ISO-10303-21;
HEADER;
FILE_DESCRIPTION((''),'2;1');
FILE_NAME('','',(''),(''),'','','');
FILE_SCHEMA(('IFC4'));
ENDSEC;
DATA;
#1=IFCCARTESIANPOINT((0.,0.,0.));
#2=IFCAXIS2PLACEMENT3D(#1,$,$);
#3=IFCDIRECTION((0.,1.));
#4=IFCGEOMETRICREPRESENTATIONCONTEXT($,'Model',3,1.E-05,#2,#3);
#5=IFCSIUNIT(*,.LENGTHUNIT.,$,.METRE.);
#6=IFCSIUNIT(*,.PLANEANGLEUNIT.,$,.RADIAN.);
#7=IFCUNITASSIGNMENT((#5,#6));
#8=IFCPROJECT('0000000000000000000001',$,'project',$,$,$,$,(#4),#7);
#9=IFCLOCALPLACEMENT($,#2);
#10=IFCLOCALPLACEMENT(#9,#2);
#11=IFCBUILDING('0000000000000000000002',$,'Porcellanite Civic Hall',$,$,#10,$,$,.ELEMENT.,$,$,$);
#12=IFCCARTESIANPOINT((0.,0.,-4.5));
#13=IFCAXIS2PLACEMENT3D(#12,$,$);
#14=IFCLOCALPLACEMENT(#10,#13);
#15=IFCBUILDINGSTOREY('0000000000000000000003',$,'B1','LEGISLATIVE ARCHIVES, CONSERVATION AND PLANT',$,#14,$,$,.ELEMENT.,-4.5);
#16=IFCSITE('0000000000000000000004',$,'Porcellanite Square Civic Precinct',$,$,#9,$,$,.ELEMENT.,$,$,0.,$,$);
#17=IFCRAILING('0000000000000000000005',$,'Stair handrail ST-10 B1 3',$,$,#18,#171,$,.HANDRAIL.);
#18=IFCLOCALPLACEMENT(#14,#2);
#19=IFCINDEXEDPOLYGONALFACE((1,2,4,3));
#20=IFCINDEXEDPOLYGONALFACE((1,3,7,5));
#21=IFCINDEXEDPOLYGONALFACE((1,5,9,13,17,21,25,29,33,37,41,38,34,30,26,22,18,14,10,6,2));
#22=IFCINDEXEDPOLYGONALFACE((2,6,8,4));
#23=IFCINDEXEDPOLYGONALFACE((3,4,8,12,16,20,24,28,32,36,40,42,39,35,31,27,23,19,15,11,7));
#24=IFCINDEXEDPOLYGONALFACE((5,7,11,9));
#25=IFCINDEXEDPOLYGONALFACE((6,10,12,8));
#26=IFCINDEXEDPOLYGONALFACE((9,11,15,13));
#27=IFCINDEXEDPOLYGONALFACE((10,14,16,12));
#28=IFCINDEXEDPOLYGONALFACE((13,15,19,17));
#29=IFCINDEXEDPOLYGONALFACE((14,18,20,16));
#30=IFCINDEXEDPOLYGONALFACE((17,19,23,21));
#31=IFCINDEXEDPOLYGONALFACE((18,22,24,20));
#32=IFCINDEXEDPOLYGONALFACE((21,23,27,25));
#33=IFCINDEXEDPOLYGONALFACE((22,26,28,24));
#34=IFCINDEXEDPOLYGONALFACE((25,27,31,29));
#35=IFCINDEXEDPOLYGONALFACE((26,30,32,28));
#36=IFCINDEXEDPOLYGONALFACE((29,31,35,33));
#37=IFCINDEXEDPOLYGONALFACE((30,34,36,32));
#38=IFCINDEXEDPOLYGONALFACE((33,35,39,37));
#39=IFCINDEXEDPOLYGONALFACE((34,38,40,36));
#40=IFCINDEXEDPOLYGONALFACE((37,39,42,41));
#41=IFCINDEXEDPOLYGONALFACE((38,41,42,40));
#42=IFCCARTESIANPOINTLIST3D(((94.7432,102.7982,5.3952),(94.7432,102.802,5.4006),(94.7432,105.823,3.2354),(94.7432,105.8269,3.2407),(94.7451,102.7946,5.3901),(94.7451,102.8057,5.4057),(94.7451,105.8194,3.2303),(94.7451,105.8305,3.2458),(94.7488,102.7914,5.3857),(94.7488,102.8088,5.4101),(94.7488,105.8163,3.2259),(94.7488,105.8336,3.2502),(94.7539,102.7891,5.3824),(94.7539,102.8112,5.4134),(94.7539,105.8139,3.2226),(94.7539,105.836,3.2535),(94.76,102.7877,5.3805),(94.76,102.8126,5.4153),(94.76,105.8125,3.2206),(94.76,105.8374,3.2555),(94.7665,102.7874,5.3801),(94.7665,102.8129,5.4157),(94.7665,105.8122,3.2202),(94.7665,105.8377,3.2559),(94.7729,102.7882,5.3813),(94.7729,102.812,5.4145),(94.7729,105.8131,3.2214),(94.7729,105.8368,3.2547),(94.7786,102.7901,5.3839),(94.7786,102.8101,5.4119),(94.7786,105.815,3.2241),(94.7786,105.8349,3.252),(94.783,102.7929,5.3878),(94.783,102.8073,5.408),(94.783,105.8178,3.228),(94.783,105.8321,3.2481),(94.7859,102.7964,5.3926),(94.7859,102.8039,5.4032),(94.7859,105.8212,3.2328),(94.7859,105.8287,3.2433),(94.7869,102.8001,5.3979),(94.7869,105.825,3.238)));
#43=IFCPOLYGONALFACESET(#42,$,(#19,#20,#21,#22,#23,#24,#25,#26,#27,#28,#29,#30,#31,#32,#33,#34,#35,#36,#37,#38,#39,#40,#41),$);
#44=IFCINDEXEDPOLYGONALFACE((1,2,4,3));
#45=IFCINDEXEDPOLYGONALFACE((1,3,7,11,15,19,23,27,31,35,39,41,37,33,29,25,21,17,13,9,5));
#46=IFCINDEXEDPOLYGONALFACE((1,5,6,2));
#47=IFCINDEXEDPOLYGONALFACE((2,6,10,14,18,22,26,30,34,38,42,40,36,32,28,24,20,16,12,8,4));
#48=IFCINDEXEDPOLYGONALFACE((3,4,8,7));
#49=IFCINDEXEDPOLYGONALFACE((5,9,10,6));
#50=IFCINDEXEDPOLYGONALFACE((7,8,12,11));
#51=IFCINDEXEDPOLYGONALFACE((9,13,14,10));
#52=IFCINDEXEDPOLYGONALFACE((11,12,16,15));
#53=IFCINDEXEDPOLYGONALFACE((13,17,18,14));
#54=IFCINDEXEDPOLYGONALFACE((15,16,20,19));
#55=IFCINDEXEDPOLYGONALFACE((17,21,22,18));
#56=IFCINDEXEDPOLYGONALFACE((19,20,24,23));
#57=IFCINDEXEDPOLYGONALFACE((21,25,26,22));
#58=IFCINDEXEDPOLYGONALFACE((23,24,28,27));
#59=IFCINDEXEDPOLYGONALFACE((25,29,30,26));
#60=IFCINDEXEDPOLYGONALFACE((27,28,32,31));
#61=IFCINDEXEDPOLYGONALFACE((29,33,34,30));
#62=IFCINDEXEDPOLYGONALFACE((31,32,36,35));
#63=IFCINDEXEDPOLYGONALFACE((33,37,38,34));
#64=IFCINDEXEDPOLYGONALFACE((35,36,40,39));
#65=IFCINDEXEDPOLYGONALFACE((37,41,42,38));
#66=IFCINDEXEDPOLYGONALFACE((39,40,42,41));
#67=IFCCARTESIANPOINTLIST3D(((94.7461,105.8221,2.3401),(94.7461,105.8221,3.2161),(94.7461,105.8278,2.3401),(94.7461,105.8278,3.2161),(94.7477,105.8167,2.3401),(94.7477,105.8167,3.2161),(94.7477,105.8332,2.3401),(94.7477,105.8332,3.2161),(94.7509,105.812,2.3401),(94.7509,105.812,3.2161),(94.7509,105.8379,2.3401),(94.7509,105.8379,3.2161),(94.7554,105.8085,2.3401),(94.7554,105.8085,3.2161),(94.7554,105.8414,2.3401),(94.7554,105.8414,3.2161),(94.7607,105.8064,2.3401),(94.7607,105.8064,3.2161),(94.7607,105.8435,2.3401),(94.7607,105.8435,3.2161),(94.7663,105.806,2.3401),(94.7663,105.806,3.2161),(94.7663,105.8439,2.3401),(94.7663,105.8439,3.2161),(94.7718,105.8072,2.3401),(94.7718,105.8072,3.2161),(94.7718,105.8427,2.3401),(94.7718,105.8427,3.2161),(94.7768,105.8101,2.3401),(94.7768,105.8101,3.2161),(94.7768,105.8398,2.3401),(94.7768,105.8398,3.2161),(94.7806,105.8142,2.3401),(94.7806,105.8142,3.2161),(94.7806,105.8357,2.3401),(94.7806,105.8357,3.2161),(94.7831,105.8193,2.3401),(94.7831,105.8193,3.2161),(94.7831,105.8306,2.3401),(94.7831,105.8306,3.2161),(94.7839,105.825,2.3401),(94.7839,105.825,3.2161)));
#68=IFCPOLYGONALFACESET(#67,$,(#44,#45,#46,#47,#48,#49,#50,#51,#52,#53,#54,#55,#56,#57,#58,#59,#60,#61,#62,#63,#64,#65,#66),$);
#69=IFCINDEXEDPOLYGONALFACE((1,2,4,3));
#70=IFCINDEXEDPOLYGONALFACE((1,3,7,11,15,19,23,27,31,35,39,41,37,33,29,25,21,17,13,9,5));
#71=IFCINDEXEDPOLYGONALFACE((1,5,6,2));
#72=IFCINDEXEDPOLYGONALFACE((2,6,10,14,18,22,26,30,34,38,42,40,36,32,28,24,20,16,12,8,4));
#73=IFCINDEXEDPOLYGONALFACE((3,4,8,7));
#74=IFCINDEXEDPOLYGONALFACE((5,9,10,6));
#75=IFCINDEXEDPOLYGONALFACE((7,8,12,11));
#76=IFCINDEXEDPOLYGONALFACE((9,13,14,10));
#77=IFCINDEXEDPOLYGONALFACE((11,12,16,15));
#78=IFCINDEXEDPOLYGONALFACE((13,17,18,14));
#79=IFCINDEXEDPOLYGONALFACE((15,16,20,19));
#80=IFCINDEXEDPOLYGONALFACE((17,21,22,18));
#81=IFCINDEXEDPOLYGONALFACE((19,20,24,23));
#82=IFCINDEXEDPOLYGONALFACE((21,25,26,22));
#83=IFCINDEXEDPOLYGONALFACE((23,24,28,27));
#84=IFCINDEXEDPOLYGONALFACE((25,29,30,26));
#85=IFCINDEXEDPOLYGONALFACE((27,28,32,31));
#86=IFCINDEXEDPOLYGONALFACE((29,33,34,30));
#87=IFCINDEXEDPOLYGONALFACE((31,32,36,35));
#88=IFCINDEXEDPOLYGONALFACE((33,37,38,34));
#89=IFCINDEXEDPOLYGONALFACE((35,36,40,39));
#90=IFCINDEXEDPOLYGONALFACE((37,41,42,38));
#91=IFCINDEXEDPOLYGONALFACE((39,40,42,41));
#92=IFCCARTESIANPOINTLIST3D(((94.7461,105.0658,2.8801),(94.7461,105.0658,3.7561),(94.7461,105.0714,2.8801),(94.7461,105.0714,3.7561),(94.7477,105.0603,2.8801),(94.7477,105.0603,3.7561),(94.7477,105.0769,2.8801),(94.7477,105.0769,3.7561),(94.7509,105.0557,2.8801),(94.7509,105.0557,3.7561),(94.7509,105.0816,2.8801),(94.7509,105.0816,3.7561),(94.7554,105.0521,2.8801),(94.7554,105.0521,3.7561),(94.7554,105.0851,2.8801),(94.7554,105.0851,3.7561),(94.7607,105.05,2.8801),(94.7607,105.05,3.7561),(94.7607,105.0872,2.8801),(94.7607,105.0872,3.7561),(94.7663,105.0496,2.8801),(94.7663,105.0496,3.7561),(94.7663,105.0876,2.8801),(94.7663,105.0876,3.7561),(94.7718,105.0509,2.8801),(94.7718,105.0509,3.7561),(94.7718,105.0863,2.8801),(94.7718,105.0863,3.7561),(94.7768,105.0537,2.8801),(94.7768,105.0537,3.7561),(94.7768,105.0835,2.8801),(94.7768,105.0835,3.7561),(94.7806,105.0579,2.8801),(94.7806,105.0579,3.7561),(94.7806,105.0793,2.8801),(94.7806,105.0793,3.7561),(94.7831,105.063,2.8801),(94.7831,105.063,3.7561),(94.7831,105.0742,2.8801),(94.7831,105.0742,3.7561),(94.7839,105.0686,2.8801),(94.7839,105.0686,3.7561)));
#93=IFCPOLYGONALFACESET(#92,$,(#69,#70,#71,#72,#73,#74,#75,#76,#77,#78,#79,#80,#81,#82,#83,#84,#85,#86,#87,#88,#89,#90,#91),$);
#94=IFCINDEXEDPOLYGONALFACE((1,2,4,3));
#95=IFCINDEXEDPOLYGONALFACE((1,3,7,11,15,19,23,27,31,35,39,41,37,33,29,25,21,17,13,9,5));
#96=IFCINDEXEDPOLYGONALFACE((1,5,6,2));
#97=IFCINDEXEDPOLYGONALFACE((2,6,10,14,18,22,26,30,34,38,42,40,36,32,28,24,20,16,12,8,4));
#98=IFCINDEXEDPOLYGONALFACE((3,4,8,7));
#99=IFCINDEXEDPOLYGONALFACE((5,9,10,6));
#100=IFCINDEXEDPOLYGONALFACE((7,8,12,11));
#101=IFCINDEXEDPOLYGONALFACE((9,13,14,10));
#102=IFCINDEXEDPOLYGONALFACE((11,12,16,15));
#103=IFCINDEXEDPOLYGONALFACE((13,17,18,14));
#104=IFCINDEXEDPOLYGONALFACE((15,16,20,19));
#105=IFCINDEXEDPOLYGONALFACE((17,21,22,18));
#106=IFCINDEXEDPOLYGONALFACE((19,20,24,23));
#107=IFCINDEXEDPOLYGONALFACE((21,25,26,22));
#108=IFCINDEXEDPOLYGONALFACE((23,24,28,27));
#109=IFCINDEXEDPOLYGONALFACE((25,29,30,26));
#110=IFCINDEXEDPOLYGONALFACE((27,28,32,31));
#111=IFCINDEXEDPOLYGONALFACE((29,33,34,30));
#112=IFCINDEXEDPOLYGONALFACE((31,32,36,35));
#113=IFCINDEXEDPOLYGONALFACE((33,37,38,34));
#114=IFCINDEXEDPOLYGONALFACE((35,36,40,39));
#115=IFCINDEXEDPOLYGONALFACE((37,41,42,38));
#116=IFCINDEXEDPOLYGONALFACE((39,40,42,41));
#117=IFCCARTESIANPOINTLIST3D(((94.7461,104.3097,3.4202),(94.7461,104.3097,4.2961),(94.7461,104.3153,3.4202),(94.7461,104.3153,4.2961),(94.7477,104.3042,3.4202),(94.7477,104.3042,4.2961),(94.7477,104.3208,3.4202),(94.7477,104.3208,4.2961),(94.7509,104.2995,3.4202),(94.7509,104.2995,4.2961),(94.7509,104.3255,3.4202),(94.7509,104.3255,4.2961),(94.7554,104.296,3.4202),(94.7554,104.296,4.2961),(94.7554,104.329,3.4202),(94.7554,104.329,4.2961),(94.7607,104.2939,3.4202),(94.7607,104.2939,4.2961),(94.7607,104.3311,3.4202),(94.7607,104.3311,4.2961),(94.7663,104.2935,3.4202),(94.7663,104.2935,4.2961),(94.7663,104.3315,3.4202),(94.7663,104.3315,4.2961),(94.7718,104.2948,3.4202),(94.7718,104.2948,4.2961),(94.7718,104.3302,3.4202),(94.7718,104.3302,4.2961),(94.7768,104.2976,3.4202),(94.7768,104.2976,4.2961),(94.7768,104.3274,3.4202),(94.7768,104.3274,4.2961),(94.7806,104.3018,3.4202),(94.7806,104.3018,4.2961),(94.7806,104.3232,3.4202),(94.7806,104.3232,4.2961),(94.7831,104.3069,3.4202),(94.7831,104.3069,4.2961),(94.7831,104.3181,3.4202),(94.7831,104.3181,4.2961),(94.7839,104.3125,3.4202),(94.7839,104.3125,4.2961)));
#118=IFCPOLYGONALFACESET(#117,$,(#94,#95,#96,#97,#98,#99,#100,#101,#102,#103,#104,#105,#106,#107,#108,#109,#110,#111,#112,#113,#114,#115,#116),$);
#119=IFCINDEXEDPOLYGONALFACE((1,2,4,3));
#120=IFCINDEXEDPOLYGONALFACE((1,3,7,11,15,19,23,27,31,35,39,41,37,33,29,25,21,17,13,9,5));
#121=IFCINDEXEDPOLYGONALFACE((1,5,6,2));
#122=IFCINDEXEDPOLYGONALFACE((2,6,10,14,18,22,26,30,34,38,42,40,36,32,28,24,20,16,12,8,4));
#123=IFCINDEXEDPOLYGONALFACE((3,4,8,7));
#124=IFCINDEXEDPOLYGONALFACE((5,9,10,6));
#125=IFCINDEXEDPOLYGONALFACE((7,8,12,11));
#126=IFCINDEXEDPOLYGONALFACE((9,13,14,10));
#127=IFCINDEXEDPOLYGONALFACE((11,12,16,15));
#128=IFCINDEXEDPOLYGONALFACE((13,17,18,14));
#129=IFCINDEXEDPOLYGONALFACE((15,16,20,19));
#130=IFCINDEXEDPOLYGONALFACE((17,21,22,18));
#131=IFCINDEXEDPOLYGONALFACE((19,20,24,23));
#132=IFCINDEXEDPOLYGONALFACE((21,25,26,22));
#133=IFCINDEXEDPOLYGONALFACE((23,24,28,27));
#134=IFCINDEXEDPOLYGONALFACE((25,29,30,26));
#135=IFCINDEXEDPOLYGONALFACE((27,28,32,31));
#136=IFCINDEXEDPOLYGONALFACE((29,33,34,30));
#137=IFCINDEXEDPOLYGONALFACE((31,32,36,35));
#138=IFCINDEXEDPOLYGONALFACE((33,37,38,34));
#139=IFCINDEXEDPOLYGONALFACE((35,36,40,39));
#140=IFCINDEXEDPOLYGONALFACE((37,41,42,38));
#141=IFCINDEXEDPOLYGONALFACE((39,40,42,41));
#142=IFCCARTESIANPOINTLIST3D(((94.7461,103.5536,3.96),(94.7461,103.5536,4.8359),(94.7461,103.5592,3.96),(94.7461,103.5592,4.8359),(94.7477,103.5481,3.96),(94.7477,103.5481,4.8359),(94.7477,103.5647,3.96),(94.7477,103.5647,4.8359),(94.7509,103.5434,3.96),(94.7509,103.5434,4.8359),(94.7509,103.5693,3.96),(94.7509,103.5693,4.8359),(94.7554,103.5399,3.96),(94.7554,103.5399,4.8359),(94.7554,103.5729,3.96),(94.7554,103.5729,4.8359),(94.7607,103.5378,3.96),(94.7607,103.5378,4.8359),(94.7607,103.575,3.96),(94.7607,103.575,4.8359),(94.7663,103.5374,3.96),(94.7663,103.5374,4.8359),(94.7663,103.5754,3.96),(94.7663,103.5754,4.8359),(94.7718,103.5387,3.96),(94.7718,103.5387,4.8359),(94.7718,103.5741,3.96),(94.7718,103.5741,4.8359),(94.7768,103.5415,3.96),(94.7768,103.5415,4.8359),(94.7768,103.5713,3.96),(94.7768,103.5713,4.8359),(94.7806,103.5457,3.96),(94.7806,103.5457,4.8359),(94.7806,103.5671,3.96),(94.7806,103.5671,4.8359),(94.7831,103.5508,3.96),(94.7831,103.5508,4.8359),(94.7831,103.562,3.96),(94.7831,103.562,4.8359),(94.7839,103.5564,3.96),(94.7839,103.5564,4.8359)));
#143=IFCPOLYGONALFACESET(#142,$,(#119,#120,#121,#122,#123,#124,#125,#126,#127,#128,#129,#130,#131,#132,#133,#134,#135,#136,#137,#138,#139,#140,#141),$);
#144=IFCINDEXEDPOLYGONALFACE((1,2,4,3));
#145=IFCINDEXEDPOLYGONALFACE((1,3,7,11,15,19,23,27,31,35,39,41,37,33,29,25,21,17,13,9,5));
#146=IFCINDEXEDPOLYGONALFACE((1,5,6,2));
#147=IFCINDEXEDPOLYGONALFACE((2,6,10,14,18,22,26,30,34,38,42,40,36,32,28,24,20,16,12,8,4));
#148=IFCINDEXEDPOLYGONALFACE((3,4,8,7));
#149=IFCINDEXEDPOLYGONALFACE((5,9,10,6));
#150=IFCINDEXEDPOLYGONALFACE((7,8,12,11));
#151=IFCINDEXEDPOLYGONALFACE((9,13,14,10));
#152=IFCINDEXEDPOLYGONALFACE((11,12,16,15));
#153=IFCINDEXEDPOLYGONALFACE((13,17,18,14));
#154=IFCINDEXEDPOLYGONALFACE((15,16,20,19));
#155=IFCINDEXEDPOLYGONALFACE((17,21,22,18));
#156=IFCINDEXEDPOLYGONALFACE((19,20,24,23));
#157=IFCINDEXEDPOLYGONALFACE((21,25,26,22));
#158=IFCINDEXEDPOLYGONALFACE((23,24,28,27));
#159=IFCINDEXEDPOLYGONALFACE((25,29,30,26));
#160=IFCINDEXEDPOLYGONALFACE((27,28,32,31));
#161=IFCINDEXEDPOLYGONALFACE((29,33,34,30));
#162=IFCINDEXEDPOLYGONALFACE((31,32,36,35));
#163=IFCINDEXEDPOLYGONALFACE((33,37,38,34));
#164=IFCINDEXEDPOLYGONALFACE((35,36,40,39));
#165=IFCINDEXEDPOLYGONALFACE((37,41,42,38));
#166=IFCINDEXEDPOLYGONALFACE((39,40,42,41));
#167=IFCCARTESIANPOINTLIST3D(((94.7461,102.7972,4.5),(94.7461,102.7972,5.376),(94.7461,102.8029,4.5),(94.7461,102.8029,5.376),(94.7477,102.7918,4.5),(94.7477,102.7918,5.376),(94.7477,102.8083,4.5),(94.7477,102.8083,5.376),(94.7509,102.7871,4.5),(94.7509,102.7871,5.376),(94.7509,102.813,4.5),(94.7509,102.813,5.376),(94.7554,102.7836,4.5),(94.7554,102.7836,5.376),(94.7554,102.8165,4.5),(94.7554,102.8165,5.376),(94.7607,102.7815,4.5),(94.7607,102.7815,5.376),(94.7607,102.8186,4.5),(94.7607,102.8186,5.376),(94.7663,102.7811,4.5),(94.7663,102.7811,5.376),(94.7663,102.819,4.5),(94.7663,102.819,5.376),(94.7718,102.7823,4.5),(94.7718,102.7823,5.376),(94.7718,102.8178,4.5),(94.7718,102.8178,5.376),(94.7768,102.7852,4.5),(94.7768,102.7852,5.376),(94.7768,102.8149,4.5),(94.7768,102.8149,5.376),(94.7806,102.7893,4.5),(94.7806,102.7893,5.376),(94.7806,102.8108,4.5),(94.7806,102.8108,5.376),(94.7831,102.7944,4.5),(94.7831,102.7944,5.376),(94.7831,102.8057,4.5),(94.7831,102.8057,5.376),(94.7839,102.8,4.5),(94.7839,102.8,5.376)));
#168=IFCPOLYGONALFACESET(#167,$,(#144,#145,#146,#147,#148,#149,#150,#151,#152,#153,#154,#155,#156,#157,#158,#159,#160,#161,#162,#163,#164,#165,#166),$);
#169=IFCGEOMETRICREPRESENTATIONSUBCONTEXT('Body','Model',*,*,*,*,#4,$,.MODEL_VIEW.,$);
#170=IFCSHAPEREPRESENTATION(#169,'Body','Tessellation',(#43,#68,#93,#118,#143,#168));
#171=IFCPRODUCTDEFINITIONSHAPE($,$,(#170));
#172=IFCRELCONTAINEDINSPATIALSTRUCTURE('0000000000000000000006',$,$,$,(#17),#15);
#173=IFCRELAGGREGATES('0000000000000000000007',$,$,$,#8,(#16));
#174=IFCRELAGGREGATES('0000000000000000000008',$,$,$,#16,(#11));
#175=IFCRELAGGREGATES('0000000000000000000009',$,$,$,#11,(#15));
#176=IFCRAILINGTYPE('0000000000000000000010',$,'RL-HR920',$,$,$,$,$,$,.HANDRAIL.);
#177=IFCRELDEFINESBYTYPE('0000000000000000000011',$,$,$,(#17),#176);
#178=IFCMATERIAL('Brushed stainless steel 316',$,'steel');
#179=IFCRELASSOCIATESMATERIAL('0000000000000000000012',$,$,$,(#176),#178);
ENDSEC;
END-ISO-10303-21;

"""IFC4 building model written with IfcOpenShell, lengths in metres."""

from ifc_helpers import new_model, si_unit, direction, frame, origin, origin_2d, place, context, subcontext, project, spatial, circle, extrude, material, type_object, element, save


model = new_model("IFC4")

# Units and contexts
model_context = context("Model", 3, precision=1e-05, world=origin(), true_north=direction((0.0, 1.0)))
body_context = subcontext(model_context, "Body", "Model", "MODEL_VIEW")
ifc_project = project(units=[si_unit("LENGTHUNIT", "METRE"), si_unit("PLANEANGLEUNIT", "RADIAN")], contexts=[model_context])

# Site, building, storey
site_placement = place(None, origin())
site = spatial("IfcSite", under=ifc_project, at=site_placement, Name="Porcellanite Square Civic Precinct", CompositionType="ELEMENT", RefElevation=0.0)
building_placement = place(site_placement, origin())
building = spatial("IfcBuilding", under=site, at=building_placement, Name="Porcellanite Civic Hall", CompositionType="ELEMENT")
storey_placement = place(building_placement, frame((0.0, 0.0, -4.5)))
storey = spatial("IfcBuildingStorey", under=building, at=storey_placement, Name="B1", Description="LEGISLATIVE ARCHIVES, CONSERVATION AND PLANT", CompositionType="ELEMENT", Elevation=-4.5)

# Railing
ifc_material_1 = material(Name="Brushed stainless steel 316", Category="steel")
railing_type_1 = type_object("IfcRailingType", Name="RL-HR920", PredefinedType="HANDRAIL", material=ifc_material_1)
railing_1_placement = place(storey_placement, frame((94.7649, 105.825, 2.3401)))
element("IfcRailing", 1, at=railing_1_placement, inside=storey, type_object=railing_type_1, Name="Stair handrail ST-10 B1 3", PredefinedType="HANDRAIL", context=body_context, shape_type="SweptSolid", body=[
    extrude(circle(Radius=0.022, at=origin_2d()), frame((0.0, 0.0, 0.8979), z_axis=(0.0, -0.813827, 0.581108), x_axis=(1.0, 0.0, 0.0)), (0.0, 0.0, 1.0), 3.7168),
    extrude(circle(Radius=0.019, at=origin_2d()), origin(), (0.0, 0.0, 1.0), 0.876),
    extrude(circle(Radius=0.019, at=origin_2d()), frame((0.0, -0.7563, 0.54)), (0.0, 0.0, 1.0), 0.876),
    extrude(circle(Radius=0.019, at=origin_2d()), frame((0.0, -1.5125, 1.0801)), (0.0, 0.0, 1.0), 0.876),
    extrude(circle(Radius=0.019, at=origin_2d()), frame((0.0, -2.2686, 1.6199)), (0.0, 0.0, 1.0), 0.876),
    extrude(circle(Radius=0.019, at=origin_2d()), frame((0.0, -3.0249, 2.1599)), (0.0, 0.0, 1.0), 0.876),
])

save(model, "model.ifc")
